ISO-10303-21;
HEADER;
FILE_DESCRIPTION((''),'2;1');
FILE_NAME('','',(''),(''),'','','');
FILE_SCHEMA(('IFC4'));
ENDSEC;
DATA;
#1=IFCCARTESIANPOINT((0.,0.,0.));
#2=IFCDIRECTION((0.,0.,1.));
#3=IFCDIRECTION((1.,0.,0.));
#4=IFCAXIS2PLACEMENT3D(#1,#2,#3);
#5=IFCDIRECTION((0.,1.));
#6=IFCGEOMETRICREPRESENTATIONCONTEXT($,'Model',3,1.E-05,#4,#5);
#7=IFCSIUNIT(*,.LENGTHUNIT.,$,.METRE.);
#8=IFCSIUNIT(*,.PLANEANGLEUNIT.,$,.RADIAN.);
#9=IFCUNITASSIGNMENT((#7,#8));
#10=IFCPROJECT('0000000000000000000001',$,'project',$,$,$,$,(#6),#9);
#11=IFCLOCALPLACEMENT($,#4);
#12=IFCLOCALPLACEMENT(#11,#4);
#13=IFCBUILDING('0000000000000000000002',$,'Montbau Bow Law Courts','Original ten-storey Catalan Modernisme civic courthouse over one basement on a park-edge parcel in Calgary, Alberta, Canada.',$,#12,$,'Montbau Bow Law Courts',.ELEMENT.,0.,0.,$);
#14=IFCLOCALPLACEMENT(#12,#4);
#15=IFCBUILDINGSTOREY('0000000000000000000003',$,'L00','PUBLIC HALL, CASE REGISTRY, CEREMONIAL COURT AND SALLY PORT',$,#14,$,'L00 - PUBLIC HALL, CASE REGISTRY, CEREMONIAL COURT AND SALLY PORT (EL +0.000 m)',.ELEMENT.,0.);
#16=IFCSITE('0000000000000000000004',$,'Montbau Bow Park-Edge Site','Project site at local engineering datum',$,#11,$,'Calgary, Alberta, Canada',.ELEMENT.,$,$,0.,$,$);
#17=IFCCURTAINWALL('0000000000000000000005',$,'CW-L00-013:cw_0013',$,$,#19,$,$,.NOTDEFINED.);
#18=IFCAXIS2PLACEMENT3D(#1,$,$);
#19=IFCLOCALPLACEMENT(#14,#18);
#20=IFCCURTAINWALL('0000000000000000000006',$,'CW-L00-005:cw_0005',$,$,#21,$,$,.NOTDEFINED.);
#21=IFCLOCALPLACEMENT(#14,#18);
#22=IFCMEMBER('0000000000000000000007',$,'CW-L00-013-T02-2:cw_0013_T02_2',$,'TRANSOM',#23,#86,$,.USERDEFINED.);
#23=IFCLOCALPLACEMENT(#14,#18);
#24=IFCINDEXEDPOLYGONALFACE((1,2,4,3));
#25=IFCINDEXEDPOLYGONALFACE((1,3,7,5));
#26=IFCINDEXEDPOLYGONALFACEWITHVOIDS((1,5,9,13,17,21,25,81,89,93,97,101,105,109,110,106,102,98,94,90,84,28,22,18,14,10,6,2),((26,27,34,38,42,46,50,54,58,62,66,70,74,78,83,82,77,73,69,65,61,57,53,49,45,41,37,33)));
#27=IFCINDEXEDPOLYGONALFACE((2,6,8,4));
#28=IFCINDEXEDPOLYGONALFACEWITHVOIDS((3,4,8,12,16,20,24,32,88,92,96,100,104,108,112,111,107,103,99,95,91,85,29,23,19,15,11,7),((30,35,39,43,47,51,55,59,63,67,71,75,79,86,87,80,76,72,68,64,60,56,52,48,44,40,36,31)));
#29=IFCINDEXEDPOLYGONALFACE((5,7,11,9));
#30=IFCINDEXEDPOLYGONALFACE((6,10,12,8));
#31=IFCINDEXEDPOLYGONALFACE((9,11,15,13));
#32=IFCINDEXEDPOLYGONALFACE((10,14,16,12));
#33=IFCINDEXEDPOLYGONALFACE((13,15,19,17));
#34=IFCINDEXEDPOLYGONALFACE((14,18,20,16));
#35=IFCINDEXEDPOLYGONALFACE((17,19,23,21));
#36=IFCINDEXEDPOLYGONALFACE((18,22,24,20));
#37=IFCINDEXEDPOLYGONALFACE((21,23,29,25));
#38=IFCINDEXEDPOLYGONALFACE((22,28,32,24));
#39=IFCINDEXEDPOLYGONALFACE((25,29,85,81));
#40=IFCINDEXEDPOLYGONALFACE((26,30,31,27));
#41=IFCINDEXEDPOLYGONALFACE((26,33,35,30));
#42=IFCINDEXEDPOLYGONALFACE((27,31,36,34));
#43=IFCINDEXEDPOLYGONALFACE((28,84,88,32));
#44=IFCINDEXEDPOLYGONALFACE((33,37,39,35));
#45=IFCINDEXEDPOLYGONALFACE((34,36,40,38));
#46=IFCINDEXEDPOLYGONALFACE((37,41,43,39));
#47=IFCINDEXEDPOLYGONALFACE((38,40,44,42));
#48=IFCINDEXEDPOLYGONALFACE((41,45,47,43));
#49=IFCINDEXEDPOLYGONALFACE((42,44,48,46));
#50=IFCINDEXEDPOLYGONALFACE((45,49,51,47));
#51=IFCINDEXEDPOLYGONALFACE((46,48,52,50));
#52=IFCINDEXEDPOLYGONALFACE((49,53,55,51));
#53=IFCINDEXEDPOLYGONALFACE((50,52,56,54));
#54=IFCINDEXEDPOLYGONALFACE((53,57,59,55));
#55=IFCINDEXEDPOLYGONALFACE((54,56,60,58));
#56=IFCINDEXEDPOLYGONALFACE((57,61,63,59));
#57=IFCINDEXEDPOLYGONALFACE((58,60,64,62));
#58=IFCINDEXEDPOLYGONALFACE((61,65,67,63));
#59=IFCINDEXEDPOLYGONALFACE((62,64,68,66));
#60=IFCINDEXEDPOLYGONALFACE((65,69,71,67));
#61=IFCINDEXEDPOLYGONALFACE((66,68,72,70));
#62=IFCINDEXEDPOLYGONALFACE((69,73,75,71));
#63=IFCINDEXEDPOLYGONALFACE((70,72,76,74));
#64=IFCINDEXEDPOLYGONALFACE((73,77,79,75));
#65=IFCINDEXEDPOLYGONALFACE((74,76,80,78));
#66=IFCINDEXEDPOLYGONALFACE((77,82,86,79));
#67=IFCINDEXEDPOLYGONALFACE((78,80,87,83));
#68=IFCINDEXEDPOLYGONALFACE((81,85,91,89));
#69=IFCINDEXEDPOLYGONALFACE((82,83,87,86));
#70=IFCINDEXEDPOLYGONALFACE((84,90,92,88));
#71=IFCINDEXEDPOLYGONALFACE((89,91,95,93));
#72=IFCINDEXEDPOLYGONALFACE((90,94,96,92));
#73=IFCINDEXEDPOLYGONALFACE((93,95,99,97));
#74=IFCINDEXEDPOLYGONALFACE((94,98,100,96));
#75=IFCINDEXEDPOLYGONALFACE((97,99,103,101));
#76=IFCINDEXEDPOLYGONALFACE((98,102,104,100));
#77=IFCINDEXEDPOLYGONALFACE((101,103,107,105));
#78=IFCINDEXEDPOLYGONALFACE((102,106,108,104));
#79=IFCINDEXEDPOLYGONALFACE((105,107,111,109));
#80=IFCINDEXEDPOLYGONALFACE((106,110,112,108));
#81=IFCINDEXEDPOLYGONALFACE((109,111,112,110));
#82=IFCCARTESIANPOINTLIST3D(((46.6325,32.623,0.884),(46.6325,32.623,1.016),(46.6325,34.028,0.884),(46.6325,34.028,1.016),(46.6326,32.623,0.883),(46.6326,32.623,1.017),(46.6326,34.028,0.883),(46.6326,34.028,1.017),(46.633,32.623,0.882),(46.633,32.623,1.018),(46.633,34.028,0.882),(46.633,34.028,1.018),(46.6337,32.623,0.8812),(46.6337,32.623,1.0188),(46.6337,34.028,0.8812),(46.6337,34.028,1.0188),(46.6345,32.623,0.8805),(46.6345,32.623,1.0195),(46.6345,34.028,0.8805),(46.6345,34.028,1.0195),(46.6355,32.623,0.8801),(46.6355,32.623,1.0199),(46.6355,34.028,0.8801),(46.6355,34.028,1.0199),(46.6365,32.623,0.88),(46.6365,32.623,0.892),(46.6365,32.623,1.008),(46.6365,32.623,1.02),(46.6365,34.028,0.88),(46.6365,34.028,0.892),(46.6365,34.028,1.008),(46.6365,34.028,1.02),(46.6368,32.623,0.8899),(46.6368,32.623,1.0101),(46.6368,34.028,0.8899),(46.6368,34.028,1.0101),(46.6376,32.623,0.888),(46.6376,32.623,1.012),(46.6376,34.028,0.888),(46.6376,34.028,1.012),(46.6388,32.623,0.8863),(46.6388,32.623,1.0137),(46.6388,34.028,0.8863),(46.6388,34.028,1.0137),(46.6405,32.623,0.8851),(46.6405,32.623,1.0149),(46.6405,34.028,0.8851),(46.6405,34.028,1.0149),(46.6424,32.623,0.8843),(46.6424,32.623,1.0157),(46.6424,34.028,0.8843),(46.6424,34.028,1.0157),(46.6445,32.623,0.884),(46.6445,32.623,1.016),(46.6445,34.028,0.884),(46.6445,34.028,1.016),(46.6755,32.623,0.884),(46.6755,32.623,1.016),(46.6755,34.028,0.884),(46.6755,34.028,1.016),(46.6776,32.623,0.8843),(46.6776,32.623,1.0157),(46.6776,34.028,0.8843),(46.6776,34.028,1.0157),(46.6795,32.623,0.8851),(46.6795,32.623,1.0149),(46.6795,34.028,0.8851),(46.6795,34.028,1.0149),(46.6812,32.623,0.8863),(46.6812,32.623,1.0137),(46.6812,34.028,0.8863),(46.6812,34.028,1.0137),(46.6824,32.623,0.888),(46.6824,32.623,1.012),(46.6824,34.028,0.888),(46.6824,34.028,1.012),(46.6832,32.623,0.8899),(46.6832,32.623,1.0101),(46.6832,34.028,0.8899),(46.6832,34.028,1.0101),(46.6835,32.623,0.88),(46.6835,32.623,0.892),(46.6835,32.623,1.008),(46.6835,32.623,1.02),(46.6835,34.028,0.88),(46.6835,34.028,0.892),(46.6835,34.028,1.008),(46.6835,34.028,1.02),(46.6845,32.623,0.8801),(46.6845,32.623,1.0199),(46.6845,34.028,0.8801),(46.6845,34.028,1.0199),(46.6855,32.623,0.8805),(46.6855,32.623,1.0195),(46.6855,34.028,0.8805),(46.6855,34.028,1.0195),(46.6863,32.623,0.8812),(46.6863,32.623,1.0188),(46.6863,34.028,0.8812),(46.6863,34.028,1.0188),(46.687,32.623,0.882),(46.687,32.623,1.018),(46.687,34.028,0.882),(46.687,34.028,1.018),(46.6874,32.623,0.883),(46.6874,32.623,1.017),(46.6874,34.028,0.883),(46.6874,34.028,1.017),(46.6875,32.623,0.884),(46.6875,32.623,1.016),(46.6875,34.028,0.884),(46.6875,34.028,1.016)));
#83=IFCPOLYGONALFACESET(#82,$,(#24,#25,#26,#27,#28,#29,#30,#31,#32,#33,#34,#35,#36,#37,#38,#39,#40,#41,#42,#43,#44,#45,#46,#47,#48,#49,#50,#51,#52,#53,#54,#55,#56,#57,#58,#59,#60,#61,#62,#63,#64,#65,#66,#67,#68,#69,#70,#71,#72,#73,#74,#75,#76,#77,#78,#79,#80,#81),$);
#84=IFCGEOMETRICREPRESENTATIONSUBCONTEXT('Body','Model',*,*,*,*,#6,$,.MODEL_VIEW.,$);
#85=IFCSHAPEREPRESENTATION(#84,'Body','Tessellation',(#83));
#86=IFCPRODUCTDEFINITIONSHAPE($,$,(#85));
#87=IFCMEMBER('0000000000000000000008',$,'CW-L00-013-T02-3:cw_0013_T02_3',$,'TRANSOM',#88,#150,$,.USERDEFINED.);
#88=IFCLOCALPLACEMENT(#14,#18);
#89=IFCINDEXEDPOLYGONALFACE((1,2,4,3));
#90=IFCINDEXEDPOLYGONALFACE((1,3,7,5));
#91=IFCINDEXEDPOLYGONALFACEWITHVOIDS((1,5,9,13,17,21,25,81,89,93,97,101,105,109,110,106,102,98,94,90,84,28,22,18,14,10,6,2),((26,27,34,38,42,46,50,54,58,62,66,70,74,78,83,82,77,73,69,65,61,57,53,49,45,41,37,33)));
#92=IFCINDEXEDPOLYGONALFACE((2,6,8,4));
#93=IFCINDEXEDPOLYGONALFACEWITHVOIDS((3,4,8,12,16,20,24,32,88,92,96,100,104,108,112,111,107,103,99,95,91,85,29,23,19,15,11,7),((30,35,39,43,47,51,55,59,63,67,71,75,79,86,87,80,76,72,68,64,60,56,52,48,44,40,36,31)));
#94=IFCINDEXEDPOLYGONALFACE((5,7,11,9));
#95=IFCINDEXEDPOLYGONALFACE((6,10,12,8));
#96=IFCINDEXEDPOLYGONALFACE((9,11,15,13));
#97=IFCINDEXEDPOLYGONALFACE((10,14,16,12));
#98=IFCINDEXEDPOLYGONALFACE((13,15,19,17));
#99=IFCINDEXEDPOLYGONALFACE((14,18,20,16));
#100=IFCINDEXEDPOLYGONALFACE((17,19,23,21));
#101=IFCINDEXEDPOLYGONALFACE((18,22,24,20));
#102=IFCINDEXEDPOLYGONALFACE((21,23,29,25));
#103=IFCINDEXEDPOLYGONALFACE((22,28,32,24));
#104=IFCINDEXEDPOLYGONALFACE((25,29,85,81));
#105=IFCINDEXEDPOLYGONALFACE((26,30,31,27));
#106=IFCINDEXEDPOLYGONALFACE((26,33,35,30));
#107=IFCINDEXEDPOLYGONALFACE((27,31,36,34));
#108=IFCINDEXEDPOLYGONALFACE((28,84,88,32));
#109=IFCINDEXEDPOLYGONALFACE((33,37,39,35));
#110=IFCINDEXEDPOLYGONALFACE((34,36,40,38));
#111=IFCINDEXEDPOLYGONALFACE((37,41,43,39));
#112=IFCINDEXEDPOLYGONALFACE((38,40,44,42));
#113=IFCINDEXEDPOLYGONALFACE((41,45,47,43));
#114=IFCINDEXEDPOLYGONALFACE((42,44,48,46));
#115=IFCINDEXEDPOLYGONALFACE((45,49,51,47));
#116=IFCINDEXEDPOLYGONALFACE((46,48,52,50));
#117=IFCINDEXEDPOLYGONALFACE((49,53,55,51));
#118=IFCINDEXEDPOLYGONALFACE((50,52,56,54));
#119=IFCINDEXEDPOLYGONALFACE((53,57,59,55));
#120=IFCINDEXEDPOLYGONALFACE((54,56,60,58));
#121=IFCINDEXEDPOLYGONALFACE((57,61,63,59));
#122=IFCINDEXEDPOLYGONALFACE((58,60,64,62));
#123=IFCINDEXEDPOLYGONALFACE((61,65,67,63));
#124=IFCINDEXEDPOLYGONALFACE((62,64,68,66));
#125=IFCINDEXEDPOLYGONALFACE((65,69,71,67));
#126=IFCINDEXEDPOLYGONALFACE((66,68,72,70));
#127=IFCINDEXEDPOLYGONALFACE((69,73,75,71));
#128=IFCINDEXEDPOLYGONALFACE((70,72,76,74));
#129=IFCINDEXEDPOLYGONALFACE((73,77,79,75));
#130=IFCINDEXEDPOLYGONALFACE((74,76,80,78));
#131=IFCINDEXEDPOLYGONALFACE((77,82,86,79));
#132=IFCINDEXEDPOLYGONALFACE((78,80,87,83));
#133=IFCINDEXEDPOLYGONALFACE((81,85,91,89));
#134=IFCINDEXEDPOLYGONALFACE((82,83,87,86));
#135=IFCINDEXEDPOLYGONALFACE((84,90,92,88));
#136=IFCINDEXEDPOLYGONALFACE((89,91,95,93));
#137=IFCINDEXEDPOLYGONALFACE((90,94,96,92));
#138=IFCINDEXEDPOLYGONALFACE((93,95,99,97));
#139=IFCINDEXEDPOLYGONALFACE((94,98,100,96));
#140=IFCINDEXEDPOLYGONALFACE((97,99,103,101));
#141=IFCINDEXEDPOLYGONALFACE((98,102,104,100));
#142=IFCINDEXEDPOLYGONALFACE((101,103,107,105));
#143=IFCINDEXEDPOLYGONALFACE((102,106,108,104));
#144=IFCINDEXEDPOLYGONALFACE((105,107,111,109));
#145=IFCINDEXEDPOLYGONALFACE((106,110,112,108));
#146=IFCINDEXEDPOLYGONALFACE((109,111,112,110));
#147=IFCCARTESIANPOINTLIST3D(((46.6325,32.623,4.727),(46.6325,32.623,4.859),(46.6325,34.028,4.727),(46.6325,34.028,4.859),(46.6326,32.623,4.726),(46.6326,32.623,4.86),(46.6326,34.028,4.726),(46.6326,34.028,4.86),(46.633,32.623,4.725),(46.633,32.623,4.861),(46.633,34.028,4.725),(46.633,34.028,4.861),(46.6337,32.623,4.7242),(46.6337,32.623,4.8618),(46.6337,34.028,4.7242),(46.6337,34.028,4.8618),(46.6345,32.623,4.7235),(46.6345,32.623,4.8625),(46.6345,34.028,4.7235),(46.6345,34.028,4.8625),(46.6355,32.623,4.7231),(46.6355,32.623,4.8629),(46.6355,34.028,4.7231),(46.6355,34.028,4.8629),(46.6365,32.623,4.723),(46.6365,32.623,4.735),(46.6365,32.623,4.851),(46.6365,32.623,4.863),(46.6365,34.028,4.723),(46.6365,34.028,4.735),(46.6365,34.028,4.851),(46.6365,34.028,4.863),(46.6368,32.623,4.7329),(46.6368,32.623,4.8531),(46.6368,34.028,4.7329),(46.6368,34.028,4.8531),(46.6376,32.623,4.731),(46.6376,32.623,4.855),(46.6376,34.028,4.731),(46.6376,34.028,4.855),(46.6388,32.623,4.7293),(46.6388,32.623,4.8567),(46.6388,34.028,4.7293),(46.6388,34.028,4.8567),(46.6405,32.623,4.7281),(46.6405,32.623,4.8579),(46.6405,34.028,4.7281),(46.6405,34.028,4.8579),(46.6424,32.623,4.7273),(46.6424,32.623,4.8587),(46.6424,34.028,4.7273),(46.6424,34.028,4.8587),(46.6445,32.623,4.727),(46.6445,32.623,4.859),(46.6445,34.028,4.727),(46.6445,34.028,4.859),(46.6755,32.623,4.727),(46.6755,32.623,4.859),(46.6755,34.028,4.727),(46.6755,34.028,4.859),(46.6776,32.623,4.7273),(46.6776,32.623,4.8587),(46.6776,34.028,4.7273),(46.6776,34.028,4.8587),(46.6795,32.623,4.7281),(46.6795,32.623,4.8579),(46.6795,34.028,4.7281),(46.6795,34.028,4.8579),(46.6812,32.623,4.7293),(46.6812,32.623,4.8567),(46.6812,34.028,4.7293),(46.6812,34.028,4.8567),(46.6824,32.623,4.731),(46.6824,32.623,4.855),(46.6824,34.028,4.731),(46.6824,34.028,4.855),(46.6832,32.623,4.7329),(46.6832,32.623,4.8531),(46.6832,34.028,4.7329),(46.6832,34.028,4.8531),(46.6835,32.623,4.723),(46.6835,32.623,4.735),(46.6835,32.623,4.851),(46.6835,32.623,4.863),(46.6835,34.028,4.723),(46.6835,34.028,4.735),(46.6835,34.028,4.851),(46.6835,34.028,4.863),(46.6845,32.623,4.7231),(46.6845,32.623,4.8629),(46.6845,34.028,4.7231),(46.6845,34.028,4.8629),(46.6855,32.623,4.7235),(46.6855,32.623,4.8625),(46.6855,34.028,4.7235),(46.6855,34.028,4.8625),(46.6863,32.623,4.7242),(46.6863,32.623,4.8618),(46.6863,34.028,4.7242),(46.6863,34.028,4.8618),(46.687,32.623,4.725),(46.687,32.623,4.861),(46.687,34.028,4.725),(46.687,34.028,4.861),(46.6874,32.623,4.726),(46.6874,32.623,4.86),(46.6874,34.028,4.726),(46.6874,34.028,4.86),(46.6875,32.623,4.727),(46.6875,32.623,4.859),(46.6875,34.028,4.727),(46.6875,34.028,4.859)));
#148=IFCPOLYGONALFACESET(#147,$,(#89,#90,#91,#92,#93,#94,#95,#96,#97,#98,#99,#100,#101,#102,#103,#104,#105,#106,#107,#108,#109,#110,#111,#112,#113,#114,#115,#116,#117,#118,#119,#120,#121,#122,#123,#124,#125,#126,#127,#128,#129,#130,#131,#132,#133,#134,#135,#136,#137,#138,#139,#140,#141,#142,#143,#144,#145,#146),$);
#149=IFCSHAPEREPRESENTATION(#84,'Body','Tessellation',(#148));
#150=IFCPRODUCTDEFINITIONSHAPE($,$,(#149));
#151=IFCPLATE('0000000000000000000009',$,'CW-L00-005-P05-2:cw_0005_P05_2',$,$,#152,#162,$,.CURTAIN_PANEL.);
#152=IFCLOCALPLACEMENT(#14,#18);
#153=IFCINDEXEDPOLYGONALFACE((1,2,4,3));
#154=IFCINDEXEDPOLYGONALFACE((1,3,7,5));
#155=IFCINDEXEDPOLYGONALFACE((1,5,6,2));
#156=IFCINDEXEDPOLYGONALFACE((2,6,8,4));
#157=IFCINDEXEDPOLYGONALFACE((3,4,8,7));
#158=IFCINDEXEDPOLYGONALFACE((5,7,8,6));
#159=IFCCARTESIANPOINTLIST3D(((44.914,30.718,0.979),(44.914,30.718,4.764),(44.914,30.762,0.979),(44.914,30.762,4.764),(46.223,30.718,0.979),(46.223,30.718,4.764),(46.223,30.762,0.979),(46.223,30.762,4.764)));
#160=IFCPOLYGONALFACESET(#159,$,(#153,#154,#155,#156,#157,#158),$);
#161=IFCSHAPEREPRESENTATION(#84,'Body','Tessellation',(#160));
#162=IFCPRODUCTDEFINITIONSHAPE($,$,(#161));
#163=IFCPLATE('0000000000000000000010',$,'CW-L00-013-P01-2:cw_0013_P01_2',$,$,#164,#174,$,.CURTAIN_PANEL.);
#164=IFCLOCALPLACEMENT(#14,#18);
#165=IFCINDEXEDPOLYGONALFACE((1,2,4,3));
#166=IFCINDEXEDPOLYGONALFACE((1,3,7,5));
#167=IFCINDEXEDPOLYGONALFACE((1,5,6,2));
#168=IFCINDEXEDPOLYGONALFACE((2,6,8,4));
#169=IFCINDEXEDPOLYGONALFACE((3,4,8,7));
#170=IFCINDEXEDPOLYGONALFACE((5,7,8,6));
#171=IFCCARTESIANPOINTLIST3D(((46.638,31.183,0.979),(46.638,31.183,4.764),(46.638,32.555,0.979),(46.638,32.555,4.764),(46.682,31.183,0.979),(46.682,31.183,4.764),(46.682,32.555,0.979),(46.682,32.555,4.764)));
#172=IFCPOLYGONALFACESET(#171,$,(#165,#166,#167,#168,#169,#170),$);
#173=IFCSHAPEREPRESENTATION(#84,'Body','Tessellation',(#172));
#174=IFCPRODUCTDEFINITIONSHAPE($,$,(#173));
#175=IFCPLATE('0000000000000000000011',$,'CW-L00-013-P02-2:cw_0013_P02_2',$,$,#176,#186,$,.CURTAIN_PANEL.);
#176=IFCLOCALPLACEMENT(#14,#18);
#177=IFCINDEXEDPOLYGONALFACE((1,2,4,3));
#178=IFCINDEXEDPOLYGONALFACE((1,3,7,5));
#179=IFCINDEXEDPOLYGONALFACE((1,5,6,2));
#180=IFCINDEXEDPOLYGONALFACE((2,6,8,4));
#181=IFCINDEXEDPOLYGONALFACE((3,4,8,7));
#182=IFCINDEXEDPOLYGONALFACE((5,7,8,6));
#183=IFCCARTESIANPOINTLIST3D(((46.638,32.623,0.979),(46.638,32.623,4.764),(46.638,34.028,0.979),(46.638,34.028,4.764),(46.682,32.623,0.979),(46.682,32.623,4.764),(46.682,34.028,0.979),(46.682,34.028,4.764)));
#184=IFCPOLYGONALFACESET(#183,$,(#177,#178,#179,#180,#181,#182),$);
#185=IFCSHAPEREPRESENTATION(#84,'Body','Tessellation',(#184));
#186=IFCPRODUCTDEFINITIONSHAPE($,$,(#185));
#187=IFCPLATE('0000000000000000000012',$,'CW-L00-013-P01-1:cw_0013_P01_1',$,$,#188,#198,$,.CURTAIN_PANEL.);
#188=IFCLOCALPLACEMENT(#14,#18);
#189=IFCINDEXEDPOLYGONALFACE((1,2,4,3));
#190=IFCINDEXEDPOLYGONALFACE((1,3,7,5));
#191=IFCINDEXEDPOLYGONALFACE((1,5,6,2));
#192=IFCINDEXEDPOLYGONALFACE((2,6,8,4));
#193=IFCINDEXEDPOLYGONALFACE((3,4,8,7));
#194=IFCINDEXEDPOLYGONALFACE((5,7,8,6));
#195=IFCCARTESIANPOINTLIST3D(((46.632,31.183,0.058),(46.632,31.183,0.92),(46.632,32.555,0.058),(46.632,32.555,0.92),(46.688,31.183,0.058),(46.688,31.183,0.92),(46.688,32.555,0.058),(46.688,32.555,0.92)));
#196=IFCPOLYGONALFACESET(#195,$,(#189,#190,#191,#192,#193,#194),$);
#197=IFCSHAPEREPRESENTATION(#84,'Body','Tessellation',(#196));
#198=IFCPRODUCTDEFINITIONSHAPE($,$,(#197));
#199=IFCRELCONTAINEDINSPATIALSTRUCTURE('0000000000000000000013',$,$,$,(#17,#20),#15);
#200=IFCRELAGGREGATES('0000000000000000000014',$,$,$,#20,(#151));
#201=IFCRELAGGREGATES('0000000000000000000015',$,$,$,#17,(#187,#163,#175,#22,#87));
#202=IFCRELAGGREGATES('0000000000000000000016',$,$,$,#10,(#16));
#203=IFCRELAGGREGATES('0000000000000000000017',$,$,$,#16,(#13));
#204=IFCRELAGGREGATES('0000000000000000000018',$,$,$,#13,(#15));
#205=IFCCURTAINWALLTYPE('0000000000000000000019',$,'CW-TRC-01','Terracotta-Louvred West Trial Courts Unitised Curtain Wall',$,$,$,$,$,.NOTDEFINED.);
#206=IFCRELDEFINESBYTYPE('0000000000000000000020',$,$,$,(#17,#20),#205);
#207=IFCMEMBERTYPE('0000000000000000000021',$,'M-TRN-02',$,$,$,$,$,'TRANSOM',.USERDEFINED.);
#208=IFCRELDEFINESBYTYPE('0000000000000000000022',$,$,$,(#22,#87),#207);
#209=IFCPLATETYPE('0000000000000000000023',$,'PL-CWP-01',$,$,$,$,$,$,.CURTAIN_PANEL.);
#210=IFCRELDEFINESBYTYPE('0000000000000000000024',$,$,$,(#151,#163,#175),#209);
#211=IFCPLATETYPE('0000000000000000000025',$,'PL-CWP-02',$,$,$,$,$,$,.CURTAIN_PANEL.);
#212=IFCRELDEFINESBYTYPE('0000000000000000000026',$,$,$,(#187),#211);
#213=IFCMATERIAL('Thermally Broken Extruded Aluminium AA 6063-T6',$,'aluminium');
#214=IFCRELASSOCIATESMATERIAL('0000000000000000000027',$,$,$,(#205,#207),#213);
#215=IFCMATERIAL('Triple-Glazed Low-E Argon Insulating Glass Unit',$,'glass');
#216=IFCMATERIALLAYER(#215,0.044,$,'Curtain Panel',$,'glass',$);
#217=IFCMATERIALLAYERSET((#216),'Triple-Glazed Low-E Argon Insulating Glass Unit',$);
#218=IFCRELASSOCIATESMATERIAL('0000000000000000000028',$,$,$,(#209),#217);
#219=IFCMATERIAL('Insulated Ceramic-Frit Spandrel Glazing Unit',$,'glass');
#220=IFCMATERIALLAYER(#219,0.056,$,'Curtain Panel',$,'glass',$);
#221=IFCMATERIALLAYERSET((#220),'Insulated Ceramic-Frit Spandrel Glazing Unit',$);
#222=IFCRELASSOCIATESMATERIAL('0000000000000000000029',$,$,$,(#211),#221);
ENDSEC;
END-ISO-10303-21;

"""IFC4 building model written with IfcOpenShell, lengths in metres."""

from ifc_helpers import new_model, si_unit, direction, frame, frame_2d, origin_with_axes, origin_2d_with_axis, place, context, subcontext, project, spatial, rectangle, hollow_rectangle, extrude, material, layer, layer_set, material_profile, profile_set, type_object, element, aggregate, save


model = new_model("IFC4")

# Units and contexts
model_context = context("Model", 3, precision=1e-05, world=origin_with_axes(), true_north=direction((0.0, 1.0)))
body_context = subcontext(model_context, "Body", "Model", "MODEL_VIEW")
ifc_project = project(units=[si_unit("LENGTHUNIT", "METRE"), si_unit("PLANEANGLEUNIT", "RADIAN")], contexts=[model_context])

# Site, building, storey
site_placement = place(None, origin_with_axes())
site = spatial("IfcSite", under=ifc_project, at=site_placement, Name="Montbau Bow Park-Edge Site", Description="Project site at local engineering datum", LongName="Calgary, Alberta, Canada", CompositionType="ELEMENT", RefElevation=0.0)
building_placement = place(site_placement, origin_with_axes())
building = spatial("IfcBuilding", under=site, at=building_placement, Name="Montbau Bow Law Courts", Description="Original ten-storey Catalan Modernisme civic courthouse over one basement on a park-edge parcel in Calgary, Alberta, Canada.", LongName="Montbau Bow Law Courts", CompositionType="ELEMENT", ElevationOfRefHeight=0.0, ElevationOfTerrain=0.0)
storey_placement = place(building_placement, origin_with_axes())
storey = spatial("IfcBuildingStorey", under=building, at=storey_placement, Name="L00", Description="PUBLIC HALL, CASE REGISTRY, CEREMONIAL COURT AND SALLY PORT", LongName="L00 - PUBLIC HALL, CASE REGISTRY, CEREMONIAL COURT AND SALLY PORT (EL +0.000 m)", CompositionType="ELEMENT", Elevation=0.0)

# Curtain walls
ifc_material_1 = material(Name="Thermally Broken Extruded Aluminium AA 6063-T6", Category="aluminium")
curtain_wall_type = type_object("IfcCurtainWallType", Name="CW-TRC-01", Description="Terracotta-Louvred West Trial Courts Unitised Curtain Wall", PredefinedType="NOTDEFINED", material=ifc_material_1)
curtain_wall_1_placement = place(None, frame((46.66, 31.115, 0.0), z_axis=(0.0, 0.0, 1.0), x_axis=(1.0, 0.0, 0.0)))
curtain_wall_1 = element("IfcCurtainWall", 1, at=curtain_wall_1_placement, inside=storey, type_object=curtain_wall_type, Name="CW-L00-013:cw_0013", PredefinedType="NOTDEFINED")
curtain_wall_2_placement = place(None, frame((39.268, 30.74, 0.0), z_axis=(0.0, 0.0, 1.0), x_axis=(1.0, 0.0, 0.0)))
curtain_wall_2 = element("IfcCurtainWall", 2, at=curtain_wall_2_placement, inside=storey, type_object=curtain_wall_type, Name="CW-L00-005:cw_0005", PredefinedType="NOTDEFINED")
ifc_material_profile_1 = material_profile(ifc_material_1, hollow_rectangle(XDim=0.055, YDim=0.14, WallThickness=0.004, InnerFilletRadius=0.008, OuterFilletRadius=0.004, at=origin_2d_with_axis()), Name="CWT-140X55", Category="Main", Priority=0)
ifc_profile_set_1 = profile_set([ifc_material_profile_1], Name="Thermally Broken Extruded Aluminium AA 6063-T6")
member_type_1 = type_object("IfcMemberType", Name="M-TRN-02", ElementType="TRANSOM", PredefinedType="USERDEFINED", material=ifc_profile_set_1)

# Members
member_1_placement = place(None, frame((46.66, 32.623, 0.95), z_axis=(0.0, 1.0, 0.0), x_axis=(-1.0, 0.0, 0.0)))
member_1 = element("IfcMember", 3, at=member_1_placement, type_object=member_type_1, Name="CW-L00-013-T02-2:cw_0013_T02_2", ObjectType="TRANSOM", PredefinedType="USERDEFINED", context=body_context, shape_type="SweptSolid", body=[
    extrude(hollow_rectangle(XDim=0.055, YDim=0.14, WallThickness=0.004, InnerFilletRadius=0.008, OuterFilletRadius=0.004, at=origin_2d_with_axis()), origin_with_axes(), (0.0, 0.0, 1.0), 1.405),
])
member_2_placement = place(None, frame((46.66, 32.623, 4.793), z_axis=(0.0, 1.0, 0.0), x_axis=(-1.0, 0.0, 0.0)))
member_2 = element("IfcMember", 4, at=member_2_placement, type_object=member_type_1, Name="CW-L00-013-T02-3:cw_0013_T02_3", ObjectType="TRANSOM", PredefinedType="USERDEFINED", context=body_context, shape_type="SweptSolid", body=[
    extrude(hollow_rectangle(XDim=0.055, YDim=0.14, WallThickness=0.004, InnerFilletRadius=0.008, OuterFilletRadius=0.004, at=origin_2d_with_axis()), origin_with_axes(), (0.0, 0.0, 1.0), 1.405),
])

# Plates
ifc_material_2 = material(Name="Triple-Glazed Low-E Argon Insulating Glass Unit", Category="glass")
ifc_layer_1 = layer(ifc_material_2, 0.044, Name="Curtain Panel", Category="glass")
ifc_layer_set_1 = layer_set([ifc_layer_1], Name="Triple-Glazed Low-E Argon Insulating Glass Unit")
plate_type_1 = type_object("IfcPlateType", Name="PL-CWP-01", PredefinedType="CURTAIN_PANEL", material=ifc_layer_set_1)
plate_1_placement = place(None, frame((44.914, 30.74, 0.979), z_axis=(0.0, -1.0, 0.0), x_axis=(1.0, 0.0, 0.0)))
plate_1 = element("IfcPlate", 5, at=plate_1_placement, type_object=plate_type_1, Name="CW-L00-005-P05-2:cw_0005_P05_2", PredefinedType="CURTAIN_PANEL", context=body_context, shape_type="SweptSolid", body=[
    extrude(rectangle(XDim=1.309, YDim=3.785, at=frame_2d((0.6545, 1.8925), x_axis=(1.0, 0.0))), frame((0.0, 0.0, -0.022), z_axis=(0.0, 0.0, 1.0), x_axis=(1.0, 0.0, 0.0)), (0.0, 0.0, 1.0), 0.044),
])
aggregate(curtain_wall_2, [plate_1])
plate_2_placement = place(None, frame((46.66, 31.183, 0.979), z_axis=(1.0, 0.0, 0.0), x_axis=(0.0, 1.0, 0.0)))
plate_2 = element("IfcPlate", 6, at=plate_2_placement, type_object=plate_type_1, Name="CW-L00-013-P01-2:cw_0013_P01_2", PredefinedType="CURTAIN_PANEL", context=body_context, shape_type="SweptSolid", body=[
    extrude(rectangle(XDim=1.372, YDim=3.785, at=frame_2d((0.686, 1.8925), x_axis=(1.0, 0.0))), frame((0.0, 0.0, -0.022), z_axis=(0.0, 0.0, 1.0), x_axis=(1.0, 0.0, 0.0)), (0.0, 0.0, 1.0), 0.044),
])
plate_3_placement = place(None, frame((46.66, 32.623, 0.979), z_axis=(1.0, 0.0, 0.0), x_axis=(0.0, 1.0, 0.0)))
plate_3 = element("IfcPlate", 7, at=plate_3_placement, type_object=plate_type_1, Name="CW-L00-013-P02-2:cw_0013_P02_2", PredefinedType="CURTAIN_PANEL", context=body_context, shape_type="SweptSolid", body=[
    extrude(rectangle(XDim=1.405, YDim=3.785, at=frame_2d((0.7025, 1.8925), x_axis=(1.0, 0.0))), frame((0.0, 0.0, -0.022), z_axis=(0.0, 0.0, 1.0), x_axis=(1.0, 0.0, 0.0)), (0.0, 0.0, 1.0), 0.044),
])
ifc_material_3 = material(Name="Insulated Ceramic-Frit Spandrel Glazing Unit", Category="glass")
ifc_layer_2 = layer(ifc_material_3, 0.056, Name="Curtain Panel", Category="glass")
ifc_layer_set_2 = layer_set([ifc_layer_2], Name="Insulated Ceramic-Frit Spandrel Glazing Unit")
plate_type_2 = type_object("IfcPlateType", Name="PL-CWP-02", PredefinedType="CURTAIN_PANEL", material=ifc_layer_set_2)
plate_4_placement = place(None, frame((46.66, 31.183, 0.058), z_axis=(1.0, 0.0, 0.0), x_axis=(0.0, 1.0, 0.0)))
plate_4 = element("IfcPlate", 8, at=plate_4_placement, type_object=plate_type_2, Name="CW-L00-013-P01-1:cw_0013_P01_1", PredefinedType="CURTAIN_PANEL", context=body_context, shape_type="SweptSolid", body=[
    extrude(rectangle(XDim=1.372, YDim=0.862, at=frame_2d((0.686, 0.431), x_axis=(1.0, 0.0))), frame((0.0, 0.0, -0.028), z_axis=(0.0, 0.0, 1.0), x_axis=(1.0, 0.0, 0.0)), (0.0, 0.0, 1.0), 0.056),
])
aggregate(curtain_wall_1, [plate_4, plate_2, plate_3, member_1, member_2])

save(model, "model.ifc")
